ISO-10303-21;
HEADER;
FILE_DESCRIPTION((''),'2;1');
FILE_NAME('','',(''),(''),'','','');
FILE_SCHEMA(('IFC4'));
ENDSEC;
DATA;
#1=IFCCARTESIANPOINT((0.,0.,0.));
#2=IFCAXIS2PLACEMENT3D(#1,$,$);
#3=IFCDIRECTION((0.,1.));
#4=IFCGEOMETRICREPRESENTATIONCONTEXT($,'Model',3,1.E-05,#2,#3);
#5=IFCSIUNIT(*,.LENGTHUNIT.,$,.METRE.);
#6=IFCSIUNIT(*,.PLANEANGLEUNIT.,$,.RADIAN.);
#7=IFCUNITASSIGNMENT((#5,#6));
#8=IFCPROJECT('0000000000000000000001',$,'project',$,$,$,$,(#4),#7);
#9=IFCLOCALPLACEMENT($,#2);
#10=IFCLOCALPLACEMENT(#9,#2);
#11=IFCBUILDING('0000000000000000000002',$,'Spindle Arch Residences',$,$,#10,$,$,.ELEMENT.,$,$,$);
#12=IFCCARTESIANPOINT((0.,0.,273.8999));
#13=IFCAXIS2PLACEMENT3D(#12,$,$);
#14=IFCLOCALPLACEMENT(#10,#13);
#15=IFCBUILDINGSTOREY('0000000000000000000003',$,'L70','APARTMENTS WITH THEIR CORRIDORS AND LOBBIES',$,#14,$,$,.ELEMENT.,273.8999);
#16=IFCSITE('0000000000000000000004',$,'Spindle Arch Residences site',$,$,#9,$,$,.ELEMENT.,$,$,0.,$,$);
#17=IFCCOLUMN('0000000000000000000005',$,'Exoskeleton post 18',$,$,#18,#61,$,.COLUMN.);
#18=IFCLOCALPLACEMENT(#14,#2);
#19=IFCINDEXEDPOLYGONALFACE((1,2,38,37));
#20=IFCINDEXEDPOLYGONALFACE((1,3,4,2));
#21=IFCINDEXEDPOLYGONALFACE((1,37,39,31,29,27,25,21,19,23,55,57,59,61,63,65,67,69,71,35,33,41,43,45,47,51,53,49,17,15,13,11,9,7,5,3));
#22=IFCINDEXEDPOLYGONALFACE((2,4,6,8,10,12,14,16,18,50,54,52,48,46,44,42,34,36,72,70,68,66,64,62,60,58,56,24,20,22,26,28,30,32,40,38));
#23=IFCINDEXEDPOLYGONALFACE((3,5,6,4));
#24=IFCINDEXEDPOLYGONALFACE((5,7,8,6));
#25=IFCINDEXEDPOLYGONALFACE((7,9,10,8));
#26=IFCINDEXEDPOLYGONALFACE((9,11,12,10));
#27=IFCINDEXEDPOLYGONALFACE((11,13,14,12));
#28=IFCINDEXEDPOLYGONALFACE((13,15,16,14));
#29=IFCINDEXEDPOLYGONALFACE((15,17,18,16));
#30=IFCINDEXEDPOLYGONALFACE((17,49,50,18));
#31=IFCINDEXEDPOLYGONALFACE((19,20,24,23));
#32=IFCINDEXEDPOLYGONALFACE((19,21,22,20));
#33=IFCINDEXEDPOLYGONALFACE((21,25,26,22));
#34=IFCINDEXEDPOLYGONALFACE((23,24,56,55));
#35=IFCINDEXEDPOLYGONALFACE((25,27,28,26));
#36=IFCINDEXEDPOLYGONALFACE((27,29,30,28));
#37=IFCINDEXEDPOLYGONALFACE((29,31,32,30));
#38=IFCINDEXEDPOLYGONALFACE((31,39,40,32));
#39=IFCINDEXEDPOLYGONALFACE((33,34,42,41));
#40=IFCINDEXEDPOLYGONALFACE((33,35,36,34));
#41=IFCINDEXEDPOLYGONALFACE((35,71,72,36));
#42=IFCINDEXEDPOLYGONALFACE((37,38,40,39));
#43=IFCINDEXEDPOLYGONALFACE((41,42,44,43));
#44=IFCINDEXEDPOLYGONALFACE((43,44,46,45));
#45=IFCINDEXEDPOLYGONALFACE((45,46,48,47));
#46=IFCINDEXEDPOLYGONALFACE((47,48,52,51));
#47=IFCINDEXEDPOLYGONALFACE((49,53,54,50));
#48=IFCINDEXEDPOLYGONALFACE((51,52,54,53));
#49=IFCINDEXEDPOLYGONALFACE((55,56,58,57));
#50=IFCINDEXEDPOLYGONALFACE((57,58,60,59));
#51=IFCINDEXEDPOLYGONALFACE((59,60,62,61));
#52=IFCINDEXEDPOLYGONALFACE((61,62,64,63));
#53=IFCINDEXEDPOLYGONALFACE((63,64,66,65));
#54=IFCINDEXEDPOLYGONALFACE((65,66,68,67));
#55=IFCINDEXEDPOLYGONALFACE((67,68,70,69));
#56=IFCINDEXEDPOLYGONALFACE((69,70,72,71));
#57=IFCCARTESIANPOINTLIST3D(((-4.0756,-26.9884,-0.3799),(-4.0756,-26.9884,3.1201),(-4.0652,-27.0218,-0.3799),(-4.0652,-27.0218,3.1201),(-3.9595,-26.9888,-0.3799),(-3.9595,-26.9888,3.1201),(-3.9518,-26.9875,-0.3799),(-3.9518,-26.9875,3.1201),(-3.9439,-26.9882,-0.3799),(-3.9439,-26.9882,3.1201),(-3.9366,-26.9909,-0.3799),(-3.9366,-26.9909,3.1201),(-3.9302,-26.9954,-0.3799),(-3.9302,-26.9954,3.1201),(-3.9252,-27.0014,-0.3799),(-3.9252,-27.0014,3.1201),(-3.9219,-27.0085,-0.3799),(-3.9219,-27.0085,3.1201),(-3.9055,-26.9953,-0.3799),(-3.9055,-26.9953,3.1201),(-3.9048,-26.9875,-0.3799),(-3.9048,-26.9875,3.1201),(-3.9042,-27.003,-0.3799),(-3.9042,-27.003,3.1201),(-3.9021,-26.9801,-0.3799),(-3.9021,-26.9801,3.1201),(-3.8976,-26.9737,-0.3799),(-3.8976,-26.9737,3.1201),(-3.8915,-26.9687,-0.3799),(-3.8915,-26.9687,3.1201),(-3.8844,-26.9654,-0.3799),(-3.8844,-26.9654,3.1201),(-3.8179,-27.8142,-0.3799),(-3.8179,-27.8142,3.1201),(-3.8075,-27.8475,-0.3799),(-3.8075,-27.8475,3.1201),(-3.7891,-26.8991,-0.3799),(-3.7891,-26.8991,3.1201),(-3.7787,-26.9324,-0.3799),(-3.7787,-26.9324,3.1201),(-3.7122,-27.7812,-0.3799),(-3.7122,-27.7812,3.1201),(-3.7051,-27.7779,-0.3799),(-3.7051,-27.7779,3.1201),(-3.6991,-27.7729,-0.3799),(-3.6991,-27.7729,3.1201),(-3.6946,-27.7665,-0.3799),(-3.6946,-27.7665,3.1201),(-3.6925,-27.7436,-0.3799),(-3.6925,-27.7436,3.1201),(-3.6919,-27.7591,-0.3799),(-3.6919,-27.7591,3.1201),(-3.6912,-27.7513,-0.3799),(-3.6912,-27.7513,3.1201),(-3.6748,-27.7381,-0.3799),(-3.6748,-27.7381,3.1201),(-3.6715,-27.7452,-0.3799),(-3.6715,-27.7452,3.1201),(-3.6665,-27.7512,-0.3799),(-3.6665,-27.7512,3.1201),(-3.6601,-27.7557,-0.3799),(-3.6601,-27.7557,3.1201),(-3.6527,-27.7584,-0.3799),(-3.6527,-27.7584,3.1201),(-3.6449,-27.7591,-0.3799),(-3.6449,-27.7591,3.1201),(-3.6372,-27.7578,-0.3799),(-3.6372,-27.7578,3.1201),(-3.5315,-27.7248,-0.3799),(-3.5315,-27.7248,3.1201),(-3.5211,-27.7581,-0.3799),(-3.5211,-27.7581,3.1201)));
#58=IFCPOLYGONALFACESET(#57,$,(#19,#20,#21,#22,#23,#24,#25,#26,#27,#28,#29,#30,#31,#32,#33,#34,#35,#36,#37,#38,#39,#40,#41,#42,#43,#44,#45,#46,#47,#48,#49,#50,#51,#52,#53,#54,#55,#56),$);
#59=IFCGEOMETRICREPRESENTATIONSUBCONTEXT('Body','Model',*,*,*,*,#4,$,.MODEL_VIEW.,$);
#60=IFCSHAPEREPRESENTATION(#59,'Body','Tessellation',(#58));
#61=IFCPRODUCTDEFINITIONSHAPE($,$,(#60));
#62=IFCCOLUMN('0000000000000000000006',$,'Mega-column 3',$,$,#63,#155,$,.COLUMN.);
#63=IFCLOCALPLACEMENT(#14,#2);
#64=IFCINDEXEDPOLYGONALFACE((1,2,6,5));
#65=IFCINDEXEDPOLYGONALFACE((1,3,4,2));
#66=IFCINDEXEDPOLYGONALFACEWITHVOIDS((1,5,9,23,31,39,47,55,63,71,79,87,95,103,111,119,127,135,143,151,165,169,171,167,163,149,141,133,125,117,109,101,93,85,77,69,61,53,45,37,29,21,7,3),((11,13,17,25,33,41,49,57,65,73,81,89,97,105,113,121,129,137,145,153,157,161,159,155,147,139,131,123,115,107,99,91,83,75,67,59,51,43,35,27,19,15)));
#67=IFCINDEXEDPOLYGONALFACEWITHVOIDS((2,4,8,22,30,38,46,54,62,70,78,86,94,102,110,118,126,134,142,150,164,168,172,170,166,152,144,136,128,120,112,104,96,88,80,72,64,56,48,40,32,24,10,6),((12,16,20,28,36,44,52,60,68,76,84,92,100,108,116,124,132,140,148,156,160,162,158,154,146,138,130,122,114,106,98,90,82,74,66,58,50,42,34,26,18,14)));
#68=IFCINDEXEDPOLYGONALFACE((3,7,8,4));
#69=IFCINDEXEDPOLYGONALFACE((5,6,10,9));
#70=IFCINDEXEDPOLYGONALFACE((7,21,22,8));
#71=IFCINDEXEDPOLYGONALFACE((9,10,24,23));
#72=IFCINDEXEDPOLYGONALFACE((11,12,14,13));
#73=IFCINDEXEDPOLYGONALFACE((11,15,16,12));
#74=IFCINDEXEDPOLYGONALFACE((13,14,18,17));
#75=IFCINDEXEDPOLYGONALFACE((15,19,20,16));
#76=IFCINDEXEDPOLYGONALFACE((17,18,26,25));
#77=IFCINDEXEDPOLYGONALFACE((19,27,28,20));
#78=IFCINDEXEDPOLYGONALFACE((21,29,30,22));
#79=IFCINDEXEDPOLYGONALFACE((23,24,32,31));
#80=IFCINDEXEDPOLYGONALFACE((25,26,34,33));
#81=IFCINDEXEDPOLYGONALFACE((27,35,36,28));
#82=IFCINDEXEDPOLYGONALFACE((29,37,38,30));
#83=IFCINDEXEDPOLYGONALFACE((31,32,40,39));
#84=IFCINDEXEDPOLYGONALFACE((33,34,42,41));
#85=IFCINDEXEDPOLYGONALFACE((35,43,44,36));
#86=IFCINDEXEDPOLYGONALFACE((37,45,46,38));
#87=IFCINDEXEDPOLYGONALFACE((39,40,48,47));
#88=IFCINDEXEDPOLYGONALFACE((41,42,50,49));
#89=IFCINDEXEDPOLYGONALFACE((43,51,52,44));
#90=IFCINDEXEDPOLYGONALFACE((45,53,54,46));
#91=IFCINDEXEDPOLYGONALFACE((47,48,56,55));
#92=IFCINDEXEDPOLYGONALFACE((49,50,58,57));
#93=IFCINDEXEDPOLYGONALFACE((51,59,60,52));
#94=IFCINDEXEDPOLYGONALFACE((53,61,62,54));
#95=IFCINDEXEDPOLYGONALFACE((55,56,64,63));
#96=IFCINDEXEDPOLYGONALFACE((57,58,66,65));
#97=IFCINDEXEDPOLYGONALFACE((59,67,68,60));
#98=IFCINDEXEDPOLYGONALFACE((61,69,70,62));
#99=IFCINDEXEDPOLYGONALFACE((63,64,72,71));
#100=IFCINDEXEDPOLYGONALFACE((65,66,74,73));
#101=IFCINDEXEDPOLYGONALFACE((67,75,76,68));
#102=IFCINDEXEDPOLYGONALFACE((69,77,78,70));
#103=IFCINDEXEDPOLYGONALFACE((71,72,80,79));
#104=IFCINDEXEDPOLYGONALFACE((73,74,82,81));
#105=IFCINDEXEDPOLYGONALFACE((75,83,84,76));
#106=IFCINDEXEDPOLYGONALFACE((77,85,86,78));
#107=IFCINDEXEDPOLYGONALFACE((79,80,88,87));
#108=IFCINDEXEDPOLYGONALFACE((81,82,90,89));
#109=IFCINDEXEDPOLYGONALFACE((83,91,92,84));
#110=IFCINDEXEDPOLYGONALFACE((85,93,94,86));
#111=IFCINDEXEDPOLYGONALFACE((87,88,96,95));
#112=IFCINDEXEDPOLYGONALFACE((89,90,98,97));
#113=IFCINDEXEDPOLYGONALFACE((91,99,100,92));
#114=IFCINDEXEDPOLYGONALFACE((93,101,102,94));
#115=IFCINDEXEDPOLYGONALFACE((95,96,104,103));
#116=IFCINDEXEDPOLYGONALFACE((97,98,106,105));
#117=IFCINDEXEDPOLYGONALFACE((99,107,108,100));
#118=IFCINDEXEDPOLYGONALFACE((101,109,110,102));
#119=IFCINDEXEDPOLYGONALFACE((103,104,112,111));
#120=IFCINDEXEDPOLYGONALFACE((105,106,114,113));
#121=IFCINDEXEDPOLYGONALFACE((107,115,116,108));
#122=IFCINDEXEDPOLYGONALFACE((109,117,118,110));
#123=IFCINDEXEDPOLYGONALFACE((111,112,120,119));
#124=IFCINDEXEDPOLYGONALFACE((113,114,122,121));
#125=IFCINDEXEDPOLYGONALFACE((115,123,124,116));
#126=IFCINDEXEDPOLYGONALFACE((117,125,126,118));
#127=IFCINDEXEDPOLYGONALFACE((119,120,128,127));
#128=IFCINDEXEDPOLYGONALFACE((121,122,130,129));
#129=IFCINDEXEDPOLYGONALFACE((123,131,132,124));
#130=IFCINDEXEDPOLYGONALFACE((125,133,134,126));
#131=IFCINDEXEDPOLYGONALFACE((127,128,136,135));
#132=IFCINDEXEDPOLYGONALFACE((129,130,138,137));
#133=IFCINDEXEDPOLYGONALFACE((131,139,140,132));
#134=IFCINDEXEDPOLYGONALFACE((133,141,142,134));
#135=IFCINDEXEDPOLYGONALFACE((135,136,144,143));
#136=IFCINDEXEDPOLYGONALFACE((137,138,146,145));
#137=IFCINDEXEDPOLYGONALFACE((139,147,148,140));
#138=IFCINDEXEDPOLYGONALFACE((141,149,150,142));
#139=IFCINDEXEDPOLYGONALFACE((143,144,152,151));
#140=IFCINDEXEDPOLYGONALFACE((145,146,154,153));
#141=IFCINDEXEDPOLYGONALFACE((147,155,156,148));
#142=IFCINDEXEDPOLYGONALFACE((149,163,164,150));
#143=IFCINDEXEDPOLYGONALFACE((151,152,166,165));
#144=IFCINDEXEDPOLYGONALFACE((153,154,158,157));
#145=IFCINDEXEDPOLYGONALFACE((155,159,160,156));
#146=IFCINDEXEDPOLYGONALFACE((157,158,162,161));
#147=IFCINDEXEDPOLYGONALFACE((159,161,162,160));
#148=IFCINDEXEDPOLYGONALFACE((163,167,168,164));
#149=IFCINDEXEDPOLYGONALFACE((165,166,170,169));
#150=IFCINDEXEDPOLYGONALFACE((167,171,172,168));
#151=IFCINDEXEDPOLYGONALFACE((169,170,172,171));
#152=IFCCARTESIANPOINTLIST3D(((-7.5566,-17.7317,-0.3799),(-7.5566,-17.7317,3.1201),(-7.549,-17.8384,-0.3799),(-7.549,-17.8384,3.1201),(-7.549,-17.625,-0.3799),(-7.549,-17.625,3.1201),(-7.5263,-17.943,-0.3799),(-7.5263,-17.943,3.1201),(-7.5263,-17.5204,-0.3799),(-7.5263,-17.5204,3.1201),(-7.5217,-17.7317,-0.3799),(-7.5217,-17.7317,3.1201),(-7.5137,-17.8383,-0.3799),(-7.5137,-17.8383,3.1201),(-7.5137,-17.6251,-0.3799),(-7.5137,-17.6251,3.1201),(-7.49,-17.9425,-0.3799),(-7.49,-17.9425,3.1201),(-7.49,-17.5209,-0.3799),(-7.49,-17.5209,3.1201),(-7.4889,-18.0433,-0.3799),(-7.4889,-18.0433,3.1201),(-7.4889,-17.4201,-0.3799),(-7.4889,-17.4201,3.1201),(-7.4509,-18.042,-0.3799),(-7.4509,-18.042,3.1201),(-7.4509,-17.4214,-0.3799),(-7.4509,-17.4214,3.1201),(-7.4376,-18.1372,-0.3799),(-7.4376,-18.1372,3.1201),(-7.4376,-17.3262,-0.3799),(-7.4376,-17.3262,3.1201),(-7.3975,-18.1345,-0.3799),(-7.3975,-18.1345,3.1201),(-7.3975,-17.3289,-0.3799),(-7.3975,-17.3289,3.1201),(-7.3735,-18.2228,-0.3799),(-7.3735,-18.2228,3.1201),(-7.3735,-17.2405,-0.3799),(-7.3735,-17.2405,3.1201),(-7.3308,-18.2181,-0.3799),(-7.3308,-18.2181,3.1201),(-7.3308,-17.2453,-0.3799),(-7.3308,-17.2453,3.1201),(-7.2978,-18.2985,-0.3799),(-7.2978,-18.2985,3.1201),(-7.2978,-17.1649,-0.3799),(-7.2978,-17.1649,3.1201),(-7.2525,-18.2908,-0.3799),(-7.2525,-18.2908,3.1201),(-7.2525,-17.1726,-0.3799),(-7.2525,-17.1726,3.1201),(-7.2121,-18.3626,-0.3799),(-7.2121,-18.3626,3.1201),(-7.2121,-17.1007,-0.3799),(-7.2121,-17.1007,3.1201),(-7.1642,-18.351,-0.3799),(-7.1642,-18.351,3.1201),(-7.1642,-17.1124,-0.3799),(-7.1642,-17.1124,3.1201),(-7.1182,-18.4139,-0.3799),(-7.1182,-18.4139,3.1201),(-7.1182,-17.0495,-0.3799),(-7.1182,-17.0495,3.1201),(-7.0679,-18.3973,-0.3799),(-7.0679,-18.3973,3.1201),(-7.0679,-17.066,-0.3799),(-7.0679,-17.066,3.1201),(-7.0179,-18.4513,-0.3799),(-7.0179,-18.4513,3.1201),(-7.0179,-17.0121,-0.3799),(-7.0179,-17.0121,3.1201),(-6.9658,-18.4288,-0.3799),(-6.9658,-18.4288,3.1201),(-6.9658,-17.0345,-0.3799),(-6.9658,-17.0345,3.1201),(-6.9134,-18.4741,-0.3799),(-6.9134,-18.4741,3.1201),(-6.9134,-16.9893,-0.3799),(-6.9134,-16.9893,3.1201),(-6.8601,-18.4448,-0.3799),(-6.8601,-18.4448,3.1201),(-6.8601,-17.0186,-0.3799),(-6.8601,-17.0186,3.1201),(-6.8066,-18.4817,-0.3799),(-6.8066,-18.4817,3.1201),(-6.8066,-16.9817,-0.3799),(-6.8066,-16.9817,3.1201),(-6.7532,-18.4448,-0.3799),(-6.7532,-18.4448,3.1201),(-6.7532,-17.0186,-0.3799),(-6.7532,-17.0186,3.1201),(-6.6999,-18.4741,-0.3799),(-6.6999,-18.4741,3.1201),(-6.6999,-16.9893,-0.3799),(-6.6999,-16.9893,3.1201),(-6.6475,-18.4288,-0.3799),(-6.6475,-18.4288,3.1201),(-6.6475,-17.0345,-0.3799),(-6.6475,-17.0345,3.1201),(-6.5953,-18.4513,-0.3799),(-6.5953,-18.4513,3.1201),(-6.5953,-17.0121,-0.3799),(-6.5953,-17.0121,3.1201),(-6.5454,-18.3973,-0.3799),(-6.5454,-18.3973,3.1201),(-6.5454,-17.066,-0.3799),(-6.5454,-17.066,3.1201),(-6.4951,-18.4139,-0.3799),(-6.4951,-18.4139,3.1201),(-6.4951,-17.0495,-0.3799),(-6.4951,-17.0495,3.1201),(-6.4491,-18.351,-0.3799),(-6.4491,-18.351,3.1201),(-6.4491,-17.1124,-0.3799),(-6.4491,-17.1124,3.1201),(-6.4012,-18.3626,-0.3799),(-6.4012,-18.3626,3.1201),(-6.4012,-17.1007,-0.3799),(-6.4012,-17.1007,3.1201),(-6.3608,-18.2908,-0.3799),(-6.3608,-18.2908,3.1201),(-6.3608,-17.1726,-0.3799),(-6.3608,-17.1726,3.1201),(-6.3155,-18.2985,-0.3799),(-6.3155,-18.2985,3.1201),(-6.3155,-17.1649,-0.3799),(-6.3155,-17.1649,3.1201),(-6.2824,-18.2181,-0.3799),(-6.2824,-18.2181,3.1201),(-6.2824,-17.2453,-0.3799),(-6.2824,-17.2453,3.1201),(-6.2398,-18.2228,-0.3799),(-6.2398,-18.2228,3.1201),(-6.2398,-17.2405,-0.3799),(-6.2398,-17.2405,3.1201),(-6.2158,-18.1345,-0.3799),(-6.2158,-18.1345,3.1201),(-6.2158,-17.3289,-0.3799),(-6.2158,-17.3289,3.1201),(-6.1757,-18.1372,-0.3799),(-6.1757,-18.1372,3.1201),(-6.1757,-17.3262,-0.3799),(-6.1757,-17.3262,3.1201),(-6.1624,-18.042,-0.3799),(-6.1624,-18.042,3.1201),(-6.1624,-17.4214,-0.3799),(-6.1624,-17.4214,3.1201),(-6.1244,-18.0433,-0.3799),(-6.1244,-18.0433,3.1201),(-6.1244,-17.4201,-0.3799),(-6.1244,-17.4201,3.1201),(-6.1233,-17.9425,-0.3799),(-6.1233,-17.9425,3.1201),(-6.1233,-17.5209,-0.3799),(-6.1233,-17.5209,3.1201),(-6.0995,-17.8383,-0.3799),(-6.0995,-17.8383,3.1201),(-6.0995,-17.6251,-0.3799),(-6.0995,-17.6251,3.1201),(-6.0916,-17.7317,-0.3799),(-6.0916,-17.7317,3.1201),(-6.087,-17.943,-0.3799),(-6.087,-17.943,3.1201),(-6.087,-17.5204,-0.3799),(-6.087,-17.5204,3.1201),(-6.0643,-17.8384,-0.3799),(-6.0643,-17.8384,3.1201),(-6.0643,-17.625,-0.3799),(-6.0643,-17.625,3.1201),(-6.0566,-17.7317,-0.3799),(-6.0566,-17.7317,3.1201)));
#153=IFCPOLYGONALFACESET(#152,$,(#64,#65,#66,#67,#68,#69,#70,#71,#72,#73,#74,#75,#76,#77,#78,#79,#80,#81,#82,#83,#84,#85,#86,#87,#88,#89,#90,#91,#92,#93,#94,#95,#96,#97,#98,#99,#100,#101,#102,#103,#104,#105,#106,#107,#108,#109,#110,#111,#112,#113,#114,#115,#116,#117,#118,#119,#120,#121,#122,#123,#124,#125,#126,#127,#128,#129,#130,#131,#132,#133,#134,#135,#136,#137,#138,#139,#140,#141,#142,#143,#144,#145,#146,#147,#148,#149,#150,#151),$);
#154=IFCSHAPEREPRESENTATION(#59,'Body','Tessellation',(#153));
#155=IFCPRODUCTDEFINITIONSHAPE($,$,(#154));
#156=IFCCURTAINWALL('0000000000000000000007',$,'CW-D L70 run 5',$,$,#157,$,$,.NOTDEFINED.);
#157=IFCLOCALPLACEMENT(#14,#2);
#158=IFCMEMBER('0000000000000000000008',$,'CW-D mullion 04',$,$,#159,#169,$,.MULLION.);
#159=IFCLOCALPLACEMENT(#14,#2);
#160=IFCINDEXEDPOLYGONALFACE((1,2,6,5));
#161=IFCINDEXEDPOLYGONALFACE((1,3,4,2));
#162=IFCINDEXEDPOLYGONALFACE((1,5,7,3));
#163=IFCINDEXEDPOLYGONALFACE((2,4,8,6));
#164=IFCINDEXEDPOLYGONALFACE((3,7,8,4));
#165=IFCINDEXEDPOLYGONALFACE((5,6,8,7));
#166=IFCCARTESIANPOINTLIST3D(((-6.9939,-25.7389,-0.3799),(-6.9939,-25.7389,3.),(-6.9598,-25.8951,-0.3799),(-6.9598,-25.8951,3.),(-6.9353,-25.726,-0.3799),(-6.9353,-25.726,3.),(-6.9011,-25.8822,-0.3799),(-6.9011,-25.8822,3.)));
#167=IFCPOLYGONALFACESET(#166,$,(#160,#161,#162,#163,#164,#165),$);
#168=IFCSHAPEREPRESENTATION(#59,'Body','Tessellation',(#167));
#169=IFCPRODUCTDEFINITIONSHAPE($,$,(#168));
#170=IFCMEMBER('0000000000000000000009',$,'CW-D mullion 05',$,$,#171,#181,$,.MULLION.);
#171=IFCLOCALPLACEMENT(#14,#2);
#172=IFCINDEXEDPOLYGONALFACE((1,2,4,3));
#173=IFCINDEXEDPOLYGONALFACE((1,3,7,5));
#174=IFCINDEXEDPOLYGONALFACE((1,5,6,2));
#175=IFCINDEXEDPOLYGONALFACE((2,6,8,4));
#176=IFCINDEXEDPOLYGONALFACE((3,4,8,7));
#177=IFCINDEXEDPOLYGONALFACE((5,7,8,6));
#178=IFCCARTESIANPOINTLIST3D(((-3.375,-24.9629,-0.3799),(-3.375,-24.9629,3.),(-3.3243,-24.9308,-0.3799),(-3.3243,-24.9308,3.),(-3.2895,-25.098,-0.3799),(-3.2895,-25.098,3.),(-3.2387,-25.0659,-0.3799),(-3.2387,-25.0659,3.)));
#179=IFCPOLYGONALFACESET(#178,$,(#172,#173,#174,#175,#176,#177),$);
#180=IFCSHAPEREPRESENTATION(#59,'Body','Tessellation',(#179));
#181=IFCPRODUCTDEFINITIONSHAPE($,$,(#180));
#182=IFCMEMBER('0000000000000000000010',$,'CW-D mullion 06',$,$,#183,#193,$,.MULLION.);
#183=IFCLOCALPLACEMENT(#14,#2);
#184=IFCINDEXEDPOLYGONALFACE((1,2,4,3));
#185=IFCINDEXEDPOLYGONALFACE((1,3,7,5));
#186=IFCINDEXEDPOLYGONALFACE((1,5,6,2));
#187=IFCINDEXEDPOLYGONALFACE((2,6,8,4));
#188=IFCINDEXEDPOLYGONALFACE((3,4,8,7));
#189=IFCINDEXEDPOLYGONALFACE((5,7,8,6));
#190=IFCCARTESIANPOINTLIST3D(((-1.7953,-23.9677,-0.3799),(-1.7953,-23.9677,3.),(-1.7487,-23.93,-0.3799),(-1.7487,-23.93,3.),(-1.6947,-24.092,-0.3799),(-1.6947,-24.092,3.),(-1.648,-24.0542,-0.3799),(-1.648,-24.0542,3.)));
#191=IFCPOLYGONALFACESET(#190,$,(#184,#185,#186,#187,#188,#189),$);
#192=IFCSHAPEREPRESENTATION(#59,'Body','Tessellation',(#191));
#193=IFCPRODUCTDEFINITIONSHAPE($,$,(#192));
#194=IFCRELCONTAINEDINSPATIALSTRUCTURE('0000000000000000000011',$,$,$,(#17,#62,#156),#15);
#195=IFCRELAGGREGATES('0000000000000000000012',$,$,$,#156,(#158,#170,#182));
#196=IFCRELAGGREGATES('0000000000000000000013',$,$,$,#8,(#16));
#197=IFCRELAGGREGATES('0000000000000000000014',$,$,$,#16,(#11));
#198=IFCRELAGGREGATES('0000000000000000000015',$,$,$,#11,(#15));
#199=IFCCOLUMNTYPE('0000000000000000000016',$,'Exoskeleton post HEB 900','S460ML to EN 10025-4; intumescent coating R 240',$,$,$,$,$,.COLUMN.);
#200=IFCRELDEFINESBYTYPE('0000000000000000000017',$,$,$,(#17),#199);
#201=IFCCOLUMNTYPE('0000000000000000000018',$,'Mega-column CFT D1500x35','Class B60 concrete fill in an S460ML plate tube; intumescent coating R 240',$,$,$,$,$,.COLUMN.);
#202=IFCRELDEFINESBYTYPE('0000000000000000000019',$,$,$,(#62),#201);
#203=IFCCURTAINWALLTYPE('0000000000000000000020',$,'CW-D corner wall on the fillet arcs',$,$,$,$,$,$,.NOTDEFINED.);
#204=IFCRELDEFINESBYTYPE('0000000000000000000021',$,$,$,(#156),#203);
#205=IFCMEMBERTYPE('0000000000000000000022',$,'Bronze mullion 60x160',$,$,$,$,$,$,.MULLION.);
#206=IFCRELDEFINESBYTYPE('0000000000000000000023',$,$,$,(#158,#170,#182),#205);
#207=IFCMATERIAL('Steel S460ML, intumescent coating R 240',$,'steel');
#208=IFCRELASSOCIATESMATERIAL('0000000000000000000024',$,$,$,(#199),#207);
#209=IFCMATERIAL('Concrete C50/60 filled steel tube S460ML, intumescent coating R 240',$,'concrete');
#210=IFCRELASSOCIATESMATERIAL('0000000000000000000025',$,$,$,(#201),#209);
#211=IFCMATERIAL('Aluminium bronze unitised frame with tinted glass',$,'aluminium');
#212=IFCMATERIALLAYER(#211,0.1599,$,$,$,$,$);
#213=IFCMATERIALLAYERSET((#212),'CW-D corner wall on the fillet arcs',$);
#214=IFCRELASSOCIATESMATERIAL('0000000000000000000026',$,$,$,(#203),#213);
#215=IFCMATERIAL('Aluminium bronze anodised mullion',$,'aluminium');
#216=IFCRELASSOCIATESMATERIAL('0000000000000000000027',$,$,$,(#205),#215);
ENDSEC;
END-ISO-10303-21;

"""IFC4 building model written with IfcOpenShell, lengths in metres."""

from ifc_helpers import new_model, si_unit, direction, frame, origin, origin_2d, place, context, subcontext, project, spatial, rectangle, hollow_circle, i_section, extrude, material, layer, layer_set, material_profile, profile_set, type_object, element, aggregate, save


model = new_model("IFC4")

# Units and contexts
model_context = context("Model", 3, precision=1e-05, world=origin(), true_north=direction((0.0, 1.0)))
body_context = subcontext(model_context, "Body", "Model", "MODEL_VIEW")
ifc_project = project(units=[si_unit("LENGTHUNIT", "METRE"), si_unit("PLANEANGLEUNIT", "RADIAN")], contexts=[model_context])

# Site, building, storey
site_placement = place(None, origin())
site = spatial("IfcSite", under=ifc_project, at=site_placement, Name="Spindle Arch Residences site", CompositionType="ELEMENT", RefElevation=0.0)
building_placement = place(site_placement, origin())
building = spatial("IfcBuilding", under=site, at=building_placement, Name="Spindle Arch Residences", CompositionType="ELEMENT")
storey_placement = place(building_placement, frame((0.0, 0.0, 273.8999)))
storey = spatial("IfcBuildingStorey", under=building, at=storey_placement, Name="L70", Description="APARTMENTS WITH THEIR CORRIDORS AND LOBBIES", CompositionType="ELEMENT", Elevation=273.8999)

# Columns
ifc_material_1 = material(Name="Steel S460ML, intumescent coating R 240", Category="steel")
ifc_material_profile_1 = material_profile(ifc_material_1, i_section(OverallWidth=0.3, OverallDepth=0.8999, WebThickness=0.0186, FlangeThickness=0.0349, FilletRadius=0.03, at=origin_2d()), Name="HEB 900")
ifc_profile_set_1 = profile_set([ifc_material_profile_1], Name="Steel S460ML, intumescent coating R 240")
column_type_1 = type_object("IfcColumnType", Name="Exoskeleton post HEB 900", Description="S460ML to EN 10025-4; intumescent coating R 240", PredefinedType="COLUMN", material=ifc_profile_set_1)
column_1_placement = place(storey_placement, frame((-3.7983, -27.3733, -0.3799), z_axis=(0.0, 0.0, 1.0), x_axis=(-0.954617, -0.297835, 0.0)))
element("IfcColumn", 1, at=column_1_placement, inside=storey, type_object=column_type_1, Name="Exoskeleton post 18", PredefinedType="COLUMN", context=body_context, shape_type="SweptSolid", body=[
    extrude(i_section(OverallWidth=0.3, OverallDepth=0.8999, WebThickness=0.0186, FlangeThickness=0.0349, FilletRadius=0.03, at=origin_2d()), origin(), (0.0, 0.0, 1.0), 3.5),
])
ifc_material_2 = material(Name="Concrete C50/60 filled steel tube S460ML, intumescent coating R 240", Category="concrete")
ifc_material_profile_2 = material_profile(ifc_material_2, hollow_circle(Radius=0.75, WallThickness=0.0349, at=origin_2d()), Name="CFT D1500x35")
ifc_profile_set_2 = profile_set([ifc_material_profile_2], Name="Concrete C50/60 filled steel tube S460ML, intumescent coating R 240")
column_type_2 = type_object("IfcColumnType", Name="Mega-column CFT D1500x35", Description="Class B60 concrete fill in an S460ML plate tube; intumescent coating R 240", PredefinedType="COLUMN", material=ifc_profile_set_2)
column_2_placement = place(storey_placement, frame((-6.8066, -17.7317, -0.3799), z_axis=(0.0, 0.0, 1.0), x_axis=(1.0, 0.0, 0.0)))
element("IfcColumn", 2, at=column_2_placement, inside=storey, type_object=column_type_2, Name="Mega-column 3", PredefinedType="COLUMN", context=body_context, shape_type="SweptSolid", body=[
    extrude(hollow_circle(Radius=0.75, WallThickness=0.0349, at=origin_2d()), origin(), (0.0, 0.0, 1.0), 3.5),
])

# Curtain wall, members
ifc_material_3 = material(Name="Aluminium bronze unitised frame with tinted glass", Category="aluminium")
ifc_layer_1 = layer(ifc_material_3, 0.1599)
ifc_layer_set_1 = layer_set([ifc_layer_1], Name="CW-D corner wall on the fillet arcs")
curtain_wall_type = type_object("IfcCurtainWallType", Name="CW-D corner wall on the fillet arcs", PredefinedType="NOTDEFINED", material=ifc_layer_set_1)
curtain_wall_placement = place(storey_placement, origin())
curtain_wall = element("IfcCurtainWall", 3, at=curtain_wall_placement, inside=storey, type_object=curtain_wall_type, Name="CW-D L70 run 5", PredefinedType="NOTDEFINED")
ifc_material_4 = material(Name="Aluminium bronze anodised mullion", Category="aluminium")
ifc_material_profile_3 = material_profile(ifc_material_4, rectangle(XDim=0.1599, YDim=0.0601, at=origin_2d()), Name="MU 60x160")
ifc_profile_set_3 = profile_set([ifc_material_profile_3], Name="Aluminium bronze anodised mullion")
member_type_1 = type_object("IfcMemberType", Name="Bronze mullion 60x160", PredefinedType="MULLION", material=ifc_profile_set_3)
member_1_placement = place(storey_placement, frame((-6.9475, -25.8105, -0.3799), z_axis=(0.0, 0.0, 1.0), x_axis=(-0.213599, 0.976921, 0.0)))
member_1 = element("IfcMember", 4, at=member_1_placement, type_object=member_type_1, Name="CW-D mullion 04", PredefinedType="MULLION", context=body_context, shape_type="SweptSolid", body=[
    extrude(rectangle(XDim=0.1599, YDim=0.0601, at=origin_2d()), origin(), (0.0, 0.0, 1.0), 3.3799),
])
member_2_placement = place(storey_placement, frame((-3.3069, -25.0144, -0.3799), z_axis=(0.0, 0.0, 1.0), x_axis=(-0.534844, 0.844951, 0.0)))
member_2 = element("IfcMember", 5, at=member_2_placement, type_object=member_type_1, Name="CW-D mullion 05", PredefinedType="MULLION", context=body_context, shape_type="SweptSolid", body=[
    extrude(rectangle(XDim=0.1599, YDim=0.0601, at=origin_2d()), origin(), (0.0, 0.0, 1.0), 3.3799),
])
member_3_placement = place(storey_placement, frame((-1.7217, -24.011, -0.3799), z_axis=(0.0, 0.0, 1.0), x_axis=(-0.62932, 0.777146, 0.0)))
member_3 = element("IfcMember", 6, at=member_3_placement, type_object=member_type_1, Name="CW-D mullion 06", PredefinedType="MULLION", context=body_context, shape_type="SweptSolid", body=[
    extrude(rectangle(XDim=0.1599, YDim=0.0601, at=origin_2d()), origin(), (0.0, 0.0, 1.0), 3.3799),
])

aggregate(curtain_wall, [member_1, member_2, member_3])

save(model, "model.ifc")
